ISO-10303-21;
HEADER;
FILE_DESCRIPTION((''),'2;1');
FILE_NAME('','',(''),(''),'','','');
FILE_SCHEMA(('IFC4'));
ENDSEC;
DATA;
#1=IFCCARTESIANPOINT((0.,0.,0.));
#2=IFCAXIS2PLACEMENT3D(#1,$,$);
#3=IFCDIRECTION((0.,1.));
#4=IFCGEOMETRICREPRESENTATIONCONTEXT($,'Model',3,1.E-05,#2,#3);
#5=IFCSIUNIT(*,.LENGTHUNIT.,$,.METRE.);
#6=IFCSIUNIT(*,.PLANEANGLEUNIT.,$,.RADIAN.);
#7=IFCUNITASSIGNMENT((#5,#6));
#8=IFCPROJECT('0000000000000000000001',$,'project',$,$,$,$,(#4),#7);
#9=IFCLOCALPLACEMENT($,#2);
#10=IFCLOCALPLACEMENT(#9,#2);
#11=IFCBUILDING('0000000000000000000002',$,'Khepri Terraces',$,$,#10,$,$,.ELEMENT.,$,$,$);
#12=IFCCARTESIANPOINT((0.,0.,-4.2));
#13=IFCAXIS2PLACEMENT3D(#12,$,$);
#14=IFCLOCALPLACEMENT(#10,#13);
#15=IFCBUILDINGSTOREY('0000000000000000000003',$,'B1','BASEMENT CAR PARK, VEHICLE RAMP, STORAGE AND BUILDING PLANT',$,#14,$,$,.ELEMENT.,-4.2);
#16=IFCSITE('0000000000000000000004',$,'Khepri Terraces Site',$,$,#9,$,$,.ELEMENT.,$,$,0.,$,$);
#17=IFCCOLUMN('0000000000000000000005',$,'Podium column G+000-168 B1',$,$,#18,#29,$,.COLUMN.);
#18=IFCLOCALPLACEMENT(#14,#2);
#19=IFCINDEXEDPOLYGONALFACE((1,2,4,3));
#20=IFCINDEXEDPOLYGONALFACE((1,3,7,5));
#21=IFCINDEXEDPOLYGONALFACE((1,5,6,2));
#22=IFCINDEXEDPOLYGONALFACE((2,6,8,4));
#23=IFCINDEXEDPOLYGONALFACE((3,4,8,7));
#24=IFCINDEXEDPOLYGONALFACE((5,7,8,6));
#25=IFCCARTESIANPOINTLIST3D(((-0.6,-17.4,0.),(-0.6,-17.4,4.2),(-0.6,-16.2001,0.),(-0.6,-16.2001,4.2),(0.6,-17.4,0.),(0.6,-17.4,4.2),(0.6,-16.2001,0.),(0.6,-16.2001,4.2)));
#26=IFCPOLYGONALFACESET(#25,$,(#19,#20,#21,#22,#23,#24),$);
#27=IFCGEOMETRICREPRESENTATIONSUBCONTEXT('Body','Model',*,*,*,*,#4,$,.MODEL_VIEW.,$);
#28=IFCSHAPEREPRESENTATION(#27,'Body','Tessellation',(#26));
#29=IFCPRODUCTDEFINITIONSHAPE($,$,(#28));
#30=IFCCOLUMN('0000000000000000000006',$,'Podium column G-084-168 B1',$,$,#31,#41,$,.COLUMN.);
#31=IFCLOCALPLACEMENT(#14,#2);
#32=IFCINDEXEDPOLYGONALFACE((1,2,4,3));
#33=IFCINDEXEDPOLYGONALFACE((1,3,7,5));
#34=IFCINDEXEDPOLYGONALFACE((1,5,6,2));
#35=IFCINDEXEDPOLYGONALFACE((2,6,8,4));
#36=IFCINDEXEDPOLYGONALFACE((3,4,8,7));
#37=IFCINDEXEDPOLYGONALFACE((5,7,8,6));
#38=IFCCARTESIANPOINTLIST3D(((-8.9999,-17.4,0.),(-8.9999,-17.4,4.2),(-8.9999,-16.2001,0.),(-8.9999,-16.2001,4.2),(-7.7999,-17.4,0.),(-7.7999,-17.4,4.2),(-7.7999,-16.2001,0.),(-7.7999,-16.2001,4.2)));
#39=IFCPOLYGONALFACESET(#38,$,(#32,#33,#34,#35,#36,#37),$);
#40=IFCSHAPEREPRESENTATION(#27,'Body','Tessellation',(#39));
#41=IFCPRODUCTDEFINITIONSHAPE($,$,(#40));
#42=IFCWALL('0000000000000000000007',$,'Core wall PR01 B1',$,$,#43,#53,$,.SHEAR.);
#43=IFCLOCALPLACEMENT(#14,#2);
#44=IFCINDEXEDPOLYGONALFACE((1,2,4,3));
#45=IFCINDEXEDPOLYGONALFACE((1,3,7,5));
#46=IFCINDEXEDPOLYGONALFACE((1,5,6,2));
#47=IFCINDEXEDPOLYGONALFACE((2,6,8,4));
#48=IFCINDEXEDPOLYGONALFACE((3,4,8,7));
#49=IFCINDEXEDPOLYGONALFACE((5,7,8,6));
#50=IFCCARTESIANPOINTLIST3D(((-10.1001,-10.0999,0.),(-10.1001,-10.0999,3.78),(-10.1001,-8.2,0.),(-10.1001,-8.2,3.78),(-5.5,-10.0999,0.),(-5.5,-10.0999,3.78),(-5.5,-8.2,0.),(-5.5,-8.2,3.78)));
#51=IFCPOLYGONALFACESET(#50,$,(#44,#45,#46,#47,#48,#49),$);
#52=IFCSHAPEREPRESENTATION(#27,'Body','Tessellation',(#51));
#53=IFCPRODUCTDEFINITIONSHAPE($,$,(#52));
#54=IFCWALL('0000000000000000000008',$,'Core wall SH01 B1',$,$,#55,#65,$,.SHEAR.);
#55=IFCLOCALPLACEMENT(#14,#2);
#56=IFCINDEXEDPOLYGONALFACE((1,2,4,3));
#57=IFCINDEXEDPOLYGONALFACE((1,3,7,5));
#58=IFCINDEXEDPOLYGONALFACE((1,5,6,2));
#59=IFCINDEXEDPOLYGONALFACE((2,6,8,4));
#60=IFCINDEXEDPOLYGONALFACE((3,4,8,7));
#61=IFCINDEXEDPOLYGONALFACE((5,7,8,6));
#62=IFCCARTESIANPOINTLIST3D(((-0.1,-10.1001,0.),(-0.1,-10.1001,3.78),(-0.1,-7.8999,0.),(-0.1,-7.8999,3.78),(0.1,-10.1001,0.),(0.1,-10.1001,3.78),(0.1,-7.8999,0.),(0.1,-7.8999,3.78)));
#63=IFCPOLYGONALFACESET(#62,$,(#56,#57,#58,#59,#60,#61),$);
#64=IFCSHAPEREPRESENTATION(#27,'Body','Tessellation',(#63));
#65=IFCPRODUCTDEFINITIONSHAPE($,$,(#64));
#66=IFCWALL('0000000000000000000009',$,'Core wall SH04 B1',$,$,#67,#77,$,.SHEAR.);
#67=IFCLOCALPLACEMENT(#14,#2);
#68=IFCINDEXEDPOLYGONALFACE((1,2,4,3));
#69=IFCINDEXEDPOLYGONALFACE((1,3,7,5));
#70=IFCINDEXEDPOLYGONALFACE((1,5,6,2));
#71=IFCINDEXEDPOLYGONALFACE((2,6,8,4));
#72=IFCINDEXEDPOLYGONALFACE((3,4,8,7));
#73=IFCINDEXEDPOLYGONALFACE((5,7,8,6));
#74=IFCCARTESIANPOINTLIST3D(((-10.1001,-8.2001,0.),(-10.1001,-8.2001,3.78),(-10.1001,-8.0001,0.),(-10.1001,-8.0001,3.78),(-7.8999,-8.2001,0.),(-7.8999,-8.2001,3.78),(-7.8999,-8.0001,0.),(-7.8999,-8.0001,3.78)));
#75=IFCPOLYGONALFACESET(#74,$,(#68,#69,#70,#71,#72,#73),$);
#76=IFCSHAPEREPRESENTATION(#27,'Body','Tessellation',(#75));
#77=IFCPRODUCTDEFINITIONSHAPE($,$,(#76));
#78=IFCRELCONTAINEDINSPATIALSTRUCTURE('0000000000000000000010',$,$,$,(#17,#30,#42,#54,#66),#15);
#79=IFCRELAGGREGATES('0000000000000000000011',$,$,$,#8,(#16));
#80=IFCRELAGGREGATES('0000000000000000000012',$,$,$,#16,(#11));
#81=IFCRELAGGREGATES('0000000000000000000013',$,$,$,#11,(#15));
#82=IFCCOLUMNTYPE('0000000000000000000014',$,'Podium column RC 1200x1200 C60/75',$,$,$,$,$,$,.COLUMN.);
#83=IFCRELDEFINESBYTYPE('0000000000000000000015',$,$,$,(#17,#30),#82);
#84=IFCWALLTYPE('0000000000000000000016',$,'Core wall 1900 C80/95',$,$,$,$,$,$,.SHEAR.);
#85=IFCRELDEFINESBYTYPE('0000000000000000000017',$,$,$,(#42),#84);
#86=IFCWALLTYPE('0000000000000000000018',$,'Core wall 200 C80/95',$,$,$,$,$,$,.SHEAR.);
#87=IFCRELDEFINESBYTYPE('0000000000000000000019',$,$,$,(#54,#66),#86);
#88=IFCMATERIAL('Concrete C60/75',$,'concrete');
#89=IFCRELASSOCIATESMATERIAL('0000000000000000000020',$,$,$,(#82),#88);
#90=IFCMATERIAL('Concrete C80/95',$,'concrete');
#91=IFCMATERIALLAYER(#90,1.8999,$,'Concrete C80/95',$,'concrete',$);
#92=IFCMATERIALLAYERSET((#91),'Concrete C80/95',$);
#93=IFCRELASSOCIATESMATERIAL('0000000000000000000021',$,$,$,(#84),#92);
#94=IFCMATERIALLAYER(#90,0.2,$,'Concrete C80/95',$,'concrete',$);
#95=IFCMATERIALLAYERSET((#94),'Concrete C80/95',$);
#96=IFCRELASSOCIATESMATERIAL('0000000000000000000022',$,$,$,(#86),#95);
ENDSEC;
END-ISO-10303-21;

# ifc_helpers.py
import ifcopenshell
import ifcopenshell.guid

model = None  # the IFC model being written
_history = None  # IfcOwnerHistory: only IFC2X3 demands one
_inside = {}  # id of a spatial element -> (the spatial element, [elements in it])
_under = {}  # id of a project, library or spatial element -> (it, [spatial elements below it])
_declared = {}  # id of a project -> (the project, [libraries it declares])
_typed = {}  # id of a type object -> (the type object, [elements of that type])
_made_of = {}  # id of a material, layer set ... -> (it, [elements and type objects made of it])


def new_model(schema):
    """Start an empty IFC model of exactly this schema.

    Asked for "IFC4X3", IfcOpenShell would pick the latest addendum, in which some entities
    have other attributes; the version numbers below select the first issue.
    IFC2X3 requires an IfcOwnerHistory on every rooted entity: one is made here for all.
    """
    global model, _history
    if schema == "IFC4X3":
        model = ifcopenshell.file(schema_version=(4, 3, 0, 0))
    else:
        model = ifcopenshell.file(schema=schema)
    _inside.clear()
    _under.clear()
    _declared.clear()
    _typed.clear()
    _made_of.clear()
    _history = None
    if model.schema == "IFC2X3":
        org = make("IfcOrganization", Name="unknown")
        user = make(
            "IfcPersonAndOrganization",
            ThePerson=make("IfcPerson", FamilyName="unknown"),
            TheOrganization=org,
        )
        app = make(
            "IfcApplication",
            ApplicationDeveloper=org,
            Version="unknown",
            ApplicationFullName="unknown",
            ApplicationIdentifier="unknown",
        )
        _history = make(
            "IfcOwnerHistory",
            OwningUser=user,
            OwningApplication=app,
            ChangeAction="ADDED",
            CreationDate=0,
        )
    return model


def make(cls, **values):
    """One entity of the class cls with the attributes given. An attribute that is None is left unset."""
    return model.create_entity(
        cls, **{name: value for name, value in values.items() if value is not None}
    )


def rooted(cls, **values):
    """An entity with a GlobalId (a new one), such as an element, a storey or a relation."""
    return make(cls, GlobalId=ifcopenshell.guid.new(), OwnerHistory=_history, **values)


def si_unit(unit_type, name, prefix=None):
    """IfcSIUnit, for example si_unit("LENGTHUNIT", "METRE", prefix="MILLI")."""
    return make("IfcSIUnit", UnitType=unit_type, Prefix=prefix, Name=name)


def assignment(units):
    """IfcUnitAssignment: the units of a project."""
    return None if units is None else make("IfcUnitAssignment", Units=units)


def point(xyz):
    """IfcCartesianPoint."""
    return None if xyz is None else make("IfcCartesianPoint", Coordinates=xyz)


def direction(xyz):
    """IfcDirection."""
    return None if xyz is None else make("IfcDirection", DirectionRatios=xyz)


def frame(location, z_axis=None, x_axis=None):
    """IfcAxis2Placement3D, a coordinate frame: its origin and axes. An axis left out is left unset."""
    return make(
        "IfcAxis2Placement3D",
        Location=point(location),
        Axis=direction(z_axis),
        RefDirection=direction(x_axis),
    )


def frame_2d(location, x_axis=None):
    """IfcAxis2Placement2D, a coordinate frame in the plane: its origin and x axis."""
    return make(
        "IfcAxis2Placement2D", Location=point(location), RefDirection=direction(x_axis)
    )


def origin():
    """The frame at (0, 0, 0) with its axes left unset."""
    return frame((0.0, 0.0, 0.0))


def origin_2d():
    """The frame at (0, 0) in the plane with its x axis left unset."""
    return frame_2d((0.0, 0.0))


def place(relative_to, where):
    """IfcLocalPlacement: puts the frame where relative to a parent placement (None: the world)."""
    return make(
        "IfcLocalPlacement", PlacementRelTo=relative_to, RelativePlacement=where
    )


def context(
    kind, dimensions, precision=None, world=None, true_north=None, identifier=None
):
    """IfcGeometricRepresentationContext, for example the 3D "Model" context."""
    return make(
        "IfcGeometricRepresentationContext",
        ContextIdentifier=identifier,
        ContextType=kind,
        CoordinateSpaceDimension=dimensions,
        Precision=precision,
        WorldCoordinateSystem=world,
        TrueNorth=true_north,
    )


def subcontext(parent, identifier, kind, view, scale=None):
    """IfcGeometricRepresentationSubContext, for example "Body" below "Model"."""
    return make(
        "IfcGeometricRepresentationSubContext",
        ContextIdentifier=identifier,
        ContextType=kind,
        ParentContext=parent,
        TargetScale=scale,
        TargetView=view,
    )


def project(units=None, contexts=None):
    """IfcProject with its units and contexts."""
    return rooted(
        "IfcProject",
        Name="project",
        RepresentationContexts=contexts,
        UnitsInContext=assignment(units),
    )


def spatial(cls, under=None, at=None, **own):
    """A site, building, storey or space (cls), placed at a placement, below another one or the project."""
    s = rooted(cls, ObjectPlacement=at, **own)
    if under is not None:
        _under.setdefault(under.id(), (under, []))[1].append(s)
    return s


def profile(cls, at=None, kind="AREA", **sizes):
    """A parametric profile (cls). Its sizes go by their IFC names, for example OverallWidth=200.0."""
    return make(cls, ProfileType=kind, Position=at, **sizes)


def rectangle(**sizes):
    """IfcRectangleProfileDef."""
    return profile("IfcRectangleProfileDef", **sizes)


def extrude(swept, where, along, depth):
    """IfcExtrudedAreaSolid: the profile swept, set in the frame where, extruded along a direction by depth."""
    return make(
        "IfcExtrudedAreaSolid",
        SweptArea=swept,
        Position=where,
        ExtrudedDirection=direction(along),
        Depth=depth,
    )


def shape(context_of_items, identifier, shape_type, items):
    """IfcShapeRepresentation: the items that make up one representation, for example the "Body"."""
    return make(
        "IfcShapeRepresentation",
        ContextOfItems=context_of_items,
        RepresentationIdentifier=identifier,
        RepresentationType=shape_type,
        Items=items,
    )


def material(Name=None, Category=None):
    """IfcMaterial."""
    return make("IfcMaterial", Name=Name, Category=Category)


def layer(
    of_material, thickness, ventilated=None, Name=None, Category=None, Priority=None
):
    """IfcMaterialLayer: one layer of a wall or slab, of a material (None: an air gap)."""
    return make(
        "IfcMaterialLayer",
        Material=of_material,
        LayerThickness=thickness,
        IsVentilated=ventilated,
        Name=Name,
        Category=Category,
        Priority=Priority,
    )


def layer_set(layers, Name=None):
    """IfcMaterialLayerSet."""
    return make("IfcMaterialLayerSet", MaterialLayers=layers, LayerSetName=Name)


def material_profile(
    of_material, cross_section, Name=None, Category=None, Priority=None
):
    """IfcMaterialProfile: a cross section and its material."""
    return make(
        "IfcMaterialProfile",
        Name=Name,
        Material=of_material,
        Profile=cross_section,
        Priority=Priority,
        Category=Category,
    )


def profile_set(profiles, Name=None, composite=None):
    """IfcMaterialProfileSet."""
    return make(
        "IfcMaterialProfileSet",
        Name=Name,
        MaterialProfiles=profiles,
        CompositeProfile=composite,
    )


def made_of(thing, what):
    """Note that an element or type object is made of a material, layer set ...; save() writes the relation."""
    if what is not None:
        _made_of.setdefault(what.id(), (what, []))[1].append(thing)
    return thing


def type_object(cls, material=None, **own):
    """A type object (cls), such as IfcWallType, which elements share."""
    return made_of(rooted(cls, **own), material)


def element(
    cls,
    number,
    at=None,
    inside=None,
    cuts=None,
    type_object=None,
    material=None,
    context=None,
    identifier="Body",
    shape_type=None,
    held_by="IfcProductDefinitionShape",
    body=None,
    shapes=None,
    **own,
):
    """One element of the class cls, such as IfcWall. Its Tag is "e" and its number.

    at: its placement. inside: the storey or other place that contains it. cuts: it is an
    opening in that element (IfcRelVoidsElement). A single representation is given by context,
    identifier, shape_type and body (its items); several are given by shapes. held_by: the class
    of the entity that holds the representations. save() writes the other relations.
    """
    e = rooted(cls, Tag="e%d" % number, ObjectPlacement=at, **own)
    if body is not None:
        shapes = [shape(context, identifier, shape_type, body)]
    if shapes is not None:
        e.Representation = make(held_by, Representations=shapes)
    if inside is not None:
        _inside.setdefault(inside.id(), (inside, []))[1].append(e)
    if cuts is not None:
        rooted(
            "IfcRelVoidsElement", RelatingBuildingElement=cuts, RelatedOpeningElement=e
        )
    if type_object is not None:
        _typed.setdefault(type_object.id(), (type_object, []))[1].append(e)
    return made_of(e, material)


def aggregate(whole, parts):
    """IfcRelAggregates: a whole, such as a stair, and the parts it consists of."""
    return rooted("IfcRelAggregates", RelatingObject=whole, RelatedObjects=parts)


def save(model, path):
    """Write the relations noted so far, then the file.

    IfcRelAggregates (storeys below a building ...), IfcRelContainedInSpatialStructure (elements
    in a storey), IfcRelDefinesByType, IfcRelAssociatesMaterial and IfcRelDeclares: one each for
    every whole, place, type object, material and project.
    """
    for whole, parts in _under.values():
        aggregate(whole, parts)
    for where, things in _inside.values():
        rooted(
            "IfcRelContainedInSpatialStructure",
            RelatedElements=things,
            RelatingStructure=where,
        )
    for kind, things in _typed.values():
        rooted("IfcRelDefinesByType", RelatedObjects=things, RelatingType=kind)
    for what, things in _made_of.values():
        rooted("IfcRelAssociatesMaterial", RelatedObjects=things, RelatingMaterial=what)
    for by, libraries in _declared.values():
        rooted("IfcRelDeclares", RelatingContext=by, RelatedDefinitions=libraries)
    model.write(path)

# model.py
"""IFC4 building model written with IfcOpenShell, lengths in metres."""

from ifc_helpers import new_model, si_unit, direction, frame, frame_2d, origin, origin_2d, place, context, subcontext, project, spatial, rectangle, extrude, material, layer, layer_set, material_profile, profile_set, type_object, element, save


model = new_model("IFC4")

# Units and contexts
model_context = context("Model", 3, precision=1e-05, world=origin(), true_north=direction((0.0, 1.0)))
body_context = subcontext(model_context, "Body", "Model", "MODEL_VIEW")
ifc_project = project(units=[si_unit("LENGTHUNIT", "METRE"), si_unit("PLANEANGLEUNIT", "RADIAN")], contexts=[model_context])

# Site, building, storey
site_placement = place(None, origin())
site = spatial("IfcSite", under=ifc_project, at=site_placement, Name="Khepri Terraces Site", CompositionType="ELEMENT", RefElevation=0.0)
building_placement = place(site_placement, origin())
building = spatial("IfcBuilding", under=site, at=building_placement, Name="Khepri Terraces", CompositionType="ELEMENT")
storey_placement = place(building_placement, frame((0.0, 0.0, -4.2)))
storey = spatial("IfcBuildingStorey", under=building, at=storey_placement, Name="B1", Description="BASEMENT CAR PARK, VEHICLE RAMP, STORAGE AND BUILDING PLANT", CompositionType="ELEMENT", Elevation=-4.2)

# Columns
ifc_material_1 = material(Name="Concrete C60/75", Category="concrete")
ifc_material_profile = material_profile(ifc_material_1, rectangle(XDim=1.2, YDim=1.2, at=origin_2d()), Name="Concrete C60/75", Category="concrete")
ifc_profile_set = profile_set([ifc_material_profile], Name="Concrete C60/75")
column_type = type_object("IfcColumnType", Name="Podium column RC 1200x1200 C60/75", PredefinedType="COLUMN", material=ifc_profile_set)
for number, where, z_axis, x_axis, name in (
    (1, (0.0, -16.8, 0.0), (0.0, 0.0, 1.0), (1.0, 0.0, 0.0), "Podium column G+000-168 B1"),
    (2, (-8.3999, -16.8, 0.0), (0.0, 0.0, 1.0), (1.0, 0.0, 0.0), "Podium column G-084-168 B1"),
):
    element("IfcColumn", number, at=place(storey_placement, frame(where, z_axis=z_axis, x_axis=x_axis)), inside=storey, type_object=column_type, Name=name, PredefinedType="COLUMN", context=body_context, shape_type="SweptSolid", body=[
        extrude(rectangle(XDim=1.2, YDim=1.2, at=origin_2d()), origin(), (0.0, 0.0, 1.0), 4.2),
    ])

# Walls
ifc_material_2 = material(Name="Concrete C80/95", Category="concrete")
ifc_layer_1 = layer(ifc_material_2, 1.8999, Name="Concrete C80/95", Category="concrete")
ifc_layer_set_1 = layer_set([ifc_layer_1], Name="Concrete C80/95")
wall_type_1 = type_object("IfcWallType", Name="Core wall 1900 C80/95", PredefinedType="SHEAR", material=ifc_layer_set_1)
wall_1_placement = place(storey_placement, frame((-10.1001, -9.1499, 0.0), z_axis=(0.0, 0.0, 1.0), x_axis=(1.0, 0.0, 0.0)))
element("IfcWall", 3, at=wall_1_placement, inside=storey, type_object=wall_type_1, Name="Core wall PR01 B1", PredefinedType="SHEAR", context=body_context, shape_type="SweptSolid", body=[
    extrude(rectangle(XDim=4.6001, YDim=1.8999, at=frame_2d((2.3, 0.0))), origin(), (0.0, 0.0, 1.0), 3.78),
])
ifc_layer_2 = layer(ifc_material_2, 0.2, Name="Concrete C80/95", Category="concrete")
ifc_layer_set_2 = layer_set([ifc_layer_2], Name="Concrete C80/95")
wall_type_2 = type_object("IfcWallType", Name="Core wall 200 C80/95", PredefinedType="SHEAR", material=ifc_layer_set_2)
for number, where, z_axis, x_axis, name in (
    (4, (0.0, -10.1001, 0.0), (0.0, 0.0, 1.0), (0.0, 1.0, 0.0), "Core wall SH01 B1"),
    (5, (-10.1001, -8.1001, 0.0), (0.0, 0.0, 1.0), (1.0, 0.0, 0.0), "Core wall SH04 B1"),
):
    element("IfcWall", number, at=place(storey_placement, frame(where, z_axis=z_axis, x_axis=x_axis)), inside=storey, type_object=wall_type_2, Name=name, PredefinedType="SHEAR", context=body_context, shape_type="SweptSolid", body=[
        extrude(rectangle(XDim=2.2002, YDim=0.2, at=frame_2d((1.1001, 0.0))), origin(), (0.0, 0.0, 1.0), 3.78),
    ])

save(model, "model.ifc")
